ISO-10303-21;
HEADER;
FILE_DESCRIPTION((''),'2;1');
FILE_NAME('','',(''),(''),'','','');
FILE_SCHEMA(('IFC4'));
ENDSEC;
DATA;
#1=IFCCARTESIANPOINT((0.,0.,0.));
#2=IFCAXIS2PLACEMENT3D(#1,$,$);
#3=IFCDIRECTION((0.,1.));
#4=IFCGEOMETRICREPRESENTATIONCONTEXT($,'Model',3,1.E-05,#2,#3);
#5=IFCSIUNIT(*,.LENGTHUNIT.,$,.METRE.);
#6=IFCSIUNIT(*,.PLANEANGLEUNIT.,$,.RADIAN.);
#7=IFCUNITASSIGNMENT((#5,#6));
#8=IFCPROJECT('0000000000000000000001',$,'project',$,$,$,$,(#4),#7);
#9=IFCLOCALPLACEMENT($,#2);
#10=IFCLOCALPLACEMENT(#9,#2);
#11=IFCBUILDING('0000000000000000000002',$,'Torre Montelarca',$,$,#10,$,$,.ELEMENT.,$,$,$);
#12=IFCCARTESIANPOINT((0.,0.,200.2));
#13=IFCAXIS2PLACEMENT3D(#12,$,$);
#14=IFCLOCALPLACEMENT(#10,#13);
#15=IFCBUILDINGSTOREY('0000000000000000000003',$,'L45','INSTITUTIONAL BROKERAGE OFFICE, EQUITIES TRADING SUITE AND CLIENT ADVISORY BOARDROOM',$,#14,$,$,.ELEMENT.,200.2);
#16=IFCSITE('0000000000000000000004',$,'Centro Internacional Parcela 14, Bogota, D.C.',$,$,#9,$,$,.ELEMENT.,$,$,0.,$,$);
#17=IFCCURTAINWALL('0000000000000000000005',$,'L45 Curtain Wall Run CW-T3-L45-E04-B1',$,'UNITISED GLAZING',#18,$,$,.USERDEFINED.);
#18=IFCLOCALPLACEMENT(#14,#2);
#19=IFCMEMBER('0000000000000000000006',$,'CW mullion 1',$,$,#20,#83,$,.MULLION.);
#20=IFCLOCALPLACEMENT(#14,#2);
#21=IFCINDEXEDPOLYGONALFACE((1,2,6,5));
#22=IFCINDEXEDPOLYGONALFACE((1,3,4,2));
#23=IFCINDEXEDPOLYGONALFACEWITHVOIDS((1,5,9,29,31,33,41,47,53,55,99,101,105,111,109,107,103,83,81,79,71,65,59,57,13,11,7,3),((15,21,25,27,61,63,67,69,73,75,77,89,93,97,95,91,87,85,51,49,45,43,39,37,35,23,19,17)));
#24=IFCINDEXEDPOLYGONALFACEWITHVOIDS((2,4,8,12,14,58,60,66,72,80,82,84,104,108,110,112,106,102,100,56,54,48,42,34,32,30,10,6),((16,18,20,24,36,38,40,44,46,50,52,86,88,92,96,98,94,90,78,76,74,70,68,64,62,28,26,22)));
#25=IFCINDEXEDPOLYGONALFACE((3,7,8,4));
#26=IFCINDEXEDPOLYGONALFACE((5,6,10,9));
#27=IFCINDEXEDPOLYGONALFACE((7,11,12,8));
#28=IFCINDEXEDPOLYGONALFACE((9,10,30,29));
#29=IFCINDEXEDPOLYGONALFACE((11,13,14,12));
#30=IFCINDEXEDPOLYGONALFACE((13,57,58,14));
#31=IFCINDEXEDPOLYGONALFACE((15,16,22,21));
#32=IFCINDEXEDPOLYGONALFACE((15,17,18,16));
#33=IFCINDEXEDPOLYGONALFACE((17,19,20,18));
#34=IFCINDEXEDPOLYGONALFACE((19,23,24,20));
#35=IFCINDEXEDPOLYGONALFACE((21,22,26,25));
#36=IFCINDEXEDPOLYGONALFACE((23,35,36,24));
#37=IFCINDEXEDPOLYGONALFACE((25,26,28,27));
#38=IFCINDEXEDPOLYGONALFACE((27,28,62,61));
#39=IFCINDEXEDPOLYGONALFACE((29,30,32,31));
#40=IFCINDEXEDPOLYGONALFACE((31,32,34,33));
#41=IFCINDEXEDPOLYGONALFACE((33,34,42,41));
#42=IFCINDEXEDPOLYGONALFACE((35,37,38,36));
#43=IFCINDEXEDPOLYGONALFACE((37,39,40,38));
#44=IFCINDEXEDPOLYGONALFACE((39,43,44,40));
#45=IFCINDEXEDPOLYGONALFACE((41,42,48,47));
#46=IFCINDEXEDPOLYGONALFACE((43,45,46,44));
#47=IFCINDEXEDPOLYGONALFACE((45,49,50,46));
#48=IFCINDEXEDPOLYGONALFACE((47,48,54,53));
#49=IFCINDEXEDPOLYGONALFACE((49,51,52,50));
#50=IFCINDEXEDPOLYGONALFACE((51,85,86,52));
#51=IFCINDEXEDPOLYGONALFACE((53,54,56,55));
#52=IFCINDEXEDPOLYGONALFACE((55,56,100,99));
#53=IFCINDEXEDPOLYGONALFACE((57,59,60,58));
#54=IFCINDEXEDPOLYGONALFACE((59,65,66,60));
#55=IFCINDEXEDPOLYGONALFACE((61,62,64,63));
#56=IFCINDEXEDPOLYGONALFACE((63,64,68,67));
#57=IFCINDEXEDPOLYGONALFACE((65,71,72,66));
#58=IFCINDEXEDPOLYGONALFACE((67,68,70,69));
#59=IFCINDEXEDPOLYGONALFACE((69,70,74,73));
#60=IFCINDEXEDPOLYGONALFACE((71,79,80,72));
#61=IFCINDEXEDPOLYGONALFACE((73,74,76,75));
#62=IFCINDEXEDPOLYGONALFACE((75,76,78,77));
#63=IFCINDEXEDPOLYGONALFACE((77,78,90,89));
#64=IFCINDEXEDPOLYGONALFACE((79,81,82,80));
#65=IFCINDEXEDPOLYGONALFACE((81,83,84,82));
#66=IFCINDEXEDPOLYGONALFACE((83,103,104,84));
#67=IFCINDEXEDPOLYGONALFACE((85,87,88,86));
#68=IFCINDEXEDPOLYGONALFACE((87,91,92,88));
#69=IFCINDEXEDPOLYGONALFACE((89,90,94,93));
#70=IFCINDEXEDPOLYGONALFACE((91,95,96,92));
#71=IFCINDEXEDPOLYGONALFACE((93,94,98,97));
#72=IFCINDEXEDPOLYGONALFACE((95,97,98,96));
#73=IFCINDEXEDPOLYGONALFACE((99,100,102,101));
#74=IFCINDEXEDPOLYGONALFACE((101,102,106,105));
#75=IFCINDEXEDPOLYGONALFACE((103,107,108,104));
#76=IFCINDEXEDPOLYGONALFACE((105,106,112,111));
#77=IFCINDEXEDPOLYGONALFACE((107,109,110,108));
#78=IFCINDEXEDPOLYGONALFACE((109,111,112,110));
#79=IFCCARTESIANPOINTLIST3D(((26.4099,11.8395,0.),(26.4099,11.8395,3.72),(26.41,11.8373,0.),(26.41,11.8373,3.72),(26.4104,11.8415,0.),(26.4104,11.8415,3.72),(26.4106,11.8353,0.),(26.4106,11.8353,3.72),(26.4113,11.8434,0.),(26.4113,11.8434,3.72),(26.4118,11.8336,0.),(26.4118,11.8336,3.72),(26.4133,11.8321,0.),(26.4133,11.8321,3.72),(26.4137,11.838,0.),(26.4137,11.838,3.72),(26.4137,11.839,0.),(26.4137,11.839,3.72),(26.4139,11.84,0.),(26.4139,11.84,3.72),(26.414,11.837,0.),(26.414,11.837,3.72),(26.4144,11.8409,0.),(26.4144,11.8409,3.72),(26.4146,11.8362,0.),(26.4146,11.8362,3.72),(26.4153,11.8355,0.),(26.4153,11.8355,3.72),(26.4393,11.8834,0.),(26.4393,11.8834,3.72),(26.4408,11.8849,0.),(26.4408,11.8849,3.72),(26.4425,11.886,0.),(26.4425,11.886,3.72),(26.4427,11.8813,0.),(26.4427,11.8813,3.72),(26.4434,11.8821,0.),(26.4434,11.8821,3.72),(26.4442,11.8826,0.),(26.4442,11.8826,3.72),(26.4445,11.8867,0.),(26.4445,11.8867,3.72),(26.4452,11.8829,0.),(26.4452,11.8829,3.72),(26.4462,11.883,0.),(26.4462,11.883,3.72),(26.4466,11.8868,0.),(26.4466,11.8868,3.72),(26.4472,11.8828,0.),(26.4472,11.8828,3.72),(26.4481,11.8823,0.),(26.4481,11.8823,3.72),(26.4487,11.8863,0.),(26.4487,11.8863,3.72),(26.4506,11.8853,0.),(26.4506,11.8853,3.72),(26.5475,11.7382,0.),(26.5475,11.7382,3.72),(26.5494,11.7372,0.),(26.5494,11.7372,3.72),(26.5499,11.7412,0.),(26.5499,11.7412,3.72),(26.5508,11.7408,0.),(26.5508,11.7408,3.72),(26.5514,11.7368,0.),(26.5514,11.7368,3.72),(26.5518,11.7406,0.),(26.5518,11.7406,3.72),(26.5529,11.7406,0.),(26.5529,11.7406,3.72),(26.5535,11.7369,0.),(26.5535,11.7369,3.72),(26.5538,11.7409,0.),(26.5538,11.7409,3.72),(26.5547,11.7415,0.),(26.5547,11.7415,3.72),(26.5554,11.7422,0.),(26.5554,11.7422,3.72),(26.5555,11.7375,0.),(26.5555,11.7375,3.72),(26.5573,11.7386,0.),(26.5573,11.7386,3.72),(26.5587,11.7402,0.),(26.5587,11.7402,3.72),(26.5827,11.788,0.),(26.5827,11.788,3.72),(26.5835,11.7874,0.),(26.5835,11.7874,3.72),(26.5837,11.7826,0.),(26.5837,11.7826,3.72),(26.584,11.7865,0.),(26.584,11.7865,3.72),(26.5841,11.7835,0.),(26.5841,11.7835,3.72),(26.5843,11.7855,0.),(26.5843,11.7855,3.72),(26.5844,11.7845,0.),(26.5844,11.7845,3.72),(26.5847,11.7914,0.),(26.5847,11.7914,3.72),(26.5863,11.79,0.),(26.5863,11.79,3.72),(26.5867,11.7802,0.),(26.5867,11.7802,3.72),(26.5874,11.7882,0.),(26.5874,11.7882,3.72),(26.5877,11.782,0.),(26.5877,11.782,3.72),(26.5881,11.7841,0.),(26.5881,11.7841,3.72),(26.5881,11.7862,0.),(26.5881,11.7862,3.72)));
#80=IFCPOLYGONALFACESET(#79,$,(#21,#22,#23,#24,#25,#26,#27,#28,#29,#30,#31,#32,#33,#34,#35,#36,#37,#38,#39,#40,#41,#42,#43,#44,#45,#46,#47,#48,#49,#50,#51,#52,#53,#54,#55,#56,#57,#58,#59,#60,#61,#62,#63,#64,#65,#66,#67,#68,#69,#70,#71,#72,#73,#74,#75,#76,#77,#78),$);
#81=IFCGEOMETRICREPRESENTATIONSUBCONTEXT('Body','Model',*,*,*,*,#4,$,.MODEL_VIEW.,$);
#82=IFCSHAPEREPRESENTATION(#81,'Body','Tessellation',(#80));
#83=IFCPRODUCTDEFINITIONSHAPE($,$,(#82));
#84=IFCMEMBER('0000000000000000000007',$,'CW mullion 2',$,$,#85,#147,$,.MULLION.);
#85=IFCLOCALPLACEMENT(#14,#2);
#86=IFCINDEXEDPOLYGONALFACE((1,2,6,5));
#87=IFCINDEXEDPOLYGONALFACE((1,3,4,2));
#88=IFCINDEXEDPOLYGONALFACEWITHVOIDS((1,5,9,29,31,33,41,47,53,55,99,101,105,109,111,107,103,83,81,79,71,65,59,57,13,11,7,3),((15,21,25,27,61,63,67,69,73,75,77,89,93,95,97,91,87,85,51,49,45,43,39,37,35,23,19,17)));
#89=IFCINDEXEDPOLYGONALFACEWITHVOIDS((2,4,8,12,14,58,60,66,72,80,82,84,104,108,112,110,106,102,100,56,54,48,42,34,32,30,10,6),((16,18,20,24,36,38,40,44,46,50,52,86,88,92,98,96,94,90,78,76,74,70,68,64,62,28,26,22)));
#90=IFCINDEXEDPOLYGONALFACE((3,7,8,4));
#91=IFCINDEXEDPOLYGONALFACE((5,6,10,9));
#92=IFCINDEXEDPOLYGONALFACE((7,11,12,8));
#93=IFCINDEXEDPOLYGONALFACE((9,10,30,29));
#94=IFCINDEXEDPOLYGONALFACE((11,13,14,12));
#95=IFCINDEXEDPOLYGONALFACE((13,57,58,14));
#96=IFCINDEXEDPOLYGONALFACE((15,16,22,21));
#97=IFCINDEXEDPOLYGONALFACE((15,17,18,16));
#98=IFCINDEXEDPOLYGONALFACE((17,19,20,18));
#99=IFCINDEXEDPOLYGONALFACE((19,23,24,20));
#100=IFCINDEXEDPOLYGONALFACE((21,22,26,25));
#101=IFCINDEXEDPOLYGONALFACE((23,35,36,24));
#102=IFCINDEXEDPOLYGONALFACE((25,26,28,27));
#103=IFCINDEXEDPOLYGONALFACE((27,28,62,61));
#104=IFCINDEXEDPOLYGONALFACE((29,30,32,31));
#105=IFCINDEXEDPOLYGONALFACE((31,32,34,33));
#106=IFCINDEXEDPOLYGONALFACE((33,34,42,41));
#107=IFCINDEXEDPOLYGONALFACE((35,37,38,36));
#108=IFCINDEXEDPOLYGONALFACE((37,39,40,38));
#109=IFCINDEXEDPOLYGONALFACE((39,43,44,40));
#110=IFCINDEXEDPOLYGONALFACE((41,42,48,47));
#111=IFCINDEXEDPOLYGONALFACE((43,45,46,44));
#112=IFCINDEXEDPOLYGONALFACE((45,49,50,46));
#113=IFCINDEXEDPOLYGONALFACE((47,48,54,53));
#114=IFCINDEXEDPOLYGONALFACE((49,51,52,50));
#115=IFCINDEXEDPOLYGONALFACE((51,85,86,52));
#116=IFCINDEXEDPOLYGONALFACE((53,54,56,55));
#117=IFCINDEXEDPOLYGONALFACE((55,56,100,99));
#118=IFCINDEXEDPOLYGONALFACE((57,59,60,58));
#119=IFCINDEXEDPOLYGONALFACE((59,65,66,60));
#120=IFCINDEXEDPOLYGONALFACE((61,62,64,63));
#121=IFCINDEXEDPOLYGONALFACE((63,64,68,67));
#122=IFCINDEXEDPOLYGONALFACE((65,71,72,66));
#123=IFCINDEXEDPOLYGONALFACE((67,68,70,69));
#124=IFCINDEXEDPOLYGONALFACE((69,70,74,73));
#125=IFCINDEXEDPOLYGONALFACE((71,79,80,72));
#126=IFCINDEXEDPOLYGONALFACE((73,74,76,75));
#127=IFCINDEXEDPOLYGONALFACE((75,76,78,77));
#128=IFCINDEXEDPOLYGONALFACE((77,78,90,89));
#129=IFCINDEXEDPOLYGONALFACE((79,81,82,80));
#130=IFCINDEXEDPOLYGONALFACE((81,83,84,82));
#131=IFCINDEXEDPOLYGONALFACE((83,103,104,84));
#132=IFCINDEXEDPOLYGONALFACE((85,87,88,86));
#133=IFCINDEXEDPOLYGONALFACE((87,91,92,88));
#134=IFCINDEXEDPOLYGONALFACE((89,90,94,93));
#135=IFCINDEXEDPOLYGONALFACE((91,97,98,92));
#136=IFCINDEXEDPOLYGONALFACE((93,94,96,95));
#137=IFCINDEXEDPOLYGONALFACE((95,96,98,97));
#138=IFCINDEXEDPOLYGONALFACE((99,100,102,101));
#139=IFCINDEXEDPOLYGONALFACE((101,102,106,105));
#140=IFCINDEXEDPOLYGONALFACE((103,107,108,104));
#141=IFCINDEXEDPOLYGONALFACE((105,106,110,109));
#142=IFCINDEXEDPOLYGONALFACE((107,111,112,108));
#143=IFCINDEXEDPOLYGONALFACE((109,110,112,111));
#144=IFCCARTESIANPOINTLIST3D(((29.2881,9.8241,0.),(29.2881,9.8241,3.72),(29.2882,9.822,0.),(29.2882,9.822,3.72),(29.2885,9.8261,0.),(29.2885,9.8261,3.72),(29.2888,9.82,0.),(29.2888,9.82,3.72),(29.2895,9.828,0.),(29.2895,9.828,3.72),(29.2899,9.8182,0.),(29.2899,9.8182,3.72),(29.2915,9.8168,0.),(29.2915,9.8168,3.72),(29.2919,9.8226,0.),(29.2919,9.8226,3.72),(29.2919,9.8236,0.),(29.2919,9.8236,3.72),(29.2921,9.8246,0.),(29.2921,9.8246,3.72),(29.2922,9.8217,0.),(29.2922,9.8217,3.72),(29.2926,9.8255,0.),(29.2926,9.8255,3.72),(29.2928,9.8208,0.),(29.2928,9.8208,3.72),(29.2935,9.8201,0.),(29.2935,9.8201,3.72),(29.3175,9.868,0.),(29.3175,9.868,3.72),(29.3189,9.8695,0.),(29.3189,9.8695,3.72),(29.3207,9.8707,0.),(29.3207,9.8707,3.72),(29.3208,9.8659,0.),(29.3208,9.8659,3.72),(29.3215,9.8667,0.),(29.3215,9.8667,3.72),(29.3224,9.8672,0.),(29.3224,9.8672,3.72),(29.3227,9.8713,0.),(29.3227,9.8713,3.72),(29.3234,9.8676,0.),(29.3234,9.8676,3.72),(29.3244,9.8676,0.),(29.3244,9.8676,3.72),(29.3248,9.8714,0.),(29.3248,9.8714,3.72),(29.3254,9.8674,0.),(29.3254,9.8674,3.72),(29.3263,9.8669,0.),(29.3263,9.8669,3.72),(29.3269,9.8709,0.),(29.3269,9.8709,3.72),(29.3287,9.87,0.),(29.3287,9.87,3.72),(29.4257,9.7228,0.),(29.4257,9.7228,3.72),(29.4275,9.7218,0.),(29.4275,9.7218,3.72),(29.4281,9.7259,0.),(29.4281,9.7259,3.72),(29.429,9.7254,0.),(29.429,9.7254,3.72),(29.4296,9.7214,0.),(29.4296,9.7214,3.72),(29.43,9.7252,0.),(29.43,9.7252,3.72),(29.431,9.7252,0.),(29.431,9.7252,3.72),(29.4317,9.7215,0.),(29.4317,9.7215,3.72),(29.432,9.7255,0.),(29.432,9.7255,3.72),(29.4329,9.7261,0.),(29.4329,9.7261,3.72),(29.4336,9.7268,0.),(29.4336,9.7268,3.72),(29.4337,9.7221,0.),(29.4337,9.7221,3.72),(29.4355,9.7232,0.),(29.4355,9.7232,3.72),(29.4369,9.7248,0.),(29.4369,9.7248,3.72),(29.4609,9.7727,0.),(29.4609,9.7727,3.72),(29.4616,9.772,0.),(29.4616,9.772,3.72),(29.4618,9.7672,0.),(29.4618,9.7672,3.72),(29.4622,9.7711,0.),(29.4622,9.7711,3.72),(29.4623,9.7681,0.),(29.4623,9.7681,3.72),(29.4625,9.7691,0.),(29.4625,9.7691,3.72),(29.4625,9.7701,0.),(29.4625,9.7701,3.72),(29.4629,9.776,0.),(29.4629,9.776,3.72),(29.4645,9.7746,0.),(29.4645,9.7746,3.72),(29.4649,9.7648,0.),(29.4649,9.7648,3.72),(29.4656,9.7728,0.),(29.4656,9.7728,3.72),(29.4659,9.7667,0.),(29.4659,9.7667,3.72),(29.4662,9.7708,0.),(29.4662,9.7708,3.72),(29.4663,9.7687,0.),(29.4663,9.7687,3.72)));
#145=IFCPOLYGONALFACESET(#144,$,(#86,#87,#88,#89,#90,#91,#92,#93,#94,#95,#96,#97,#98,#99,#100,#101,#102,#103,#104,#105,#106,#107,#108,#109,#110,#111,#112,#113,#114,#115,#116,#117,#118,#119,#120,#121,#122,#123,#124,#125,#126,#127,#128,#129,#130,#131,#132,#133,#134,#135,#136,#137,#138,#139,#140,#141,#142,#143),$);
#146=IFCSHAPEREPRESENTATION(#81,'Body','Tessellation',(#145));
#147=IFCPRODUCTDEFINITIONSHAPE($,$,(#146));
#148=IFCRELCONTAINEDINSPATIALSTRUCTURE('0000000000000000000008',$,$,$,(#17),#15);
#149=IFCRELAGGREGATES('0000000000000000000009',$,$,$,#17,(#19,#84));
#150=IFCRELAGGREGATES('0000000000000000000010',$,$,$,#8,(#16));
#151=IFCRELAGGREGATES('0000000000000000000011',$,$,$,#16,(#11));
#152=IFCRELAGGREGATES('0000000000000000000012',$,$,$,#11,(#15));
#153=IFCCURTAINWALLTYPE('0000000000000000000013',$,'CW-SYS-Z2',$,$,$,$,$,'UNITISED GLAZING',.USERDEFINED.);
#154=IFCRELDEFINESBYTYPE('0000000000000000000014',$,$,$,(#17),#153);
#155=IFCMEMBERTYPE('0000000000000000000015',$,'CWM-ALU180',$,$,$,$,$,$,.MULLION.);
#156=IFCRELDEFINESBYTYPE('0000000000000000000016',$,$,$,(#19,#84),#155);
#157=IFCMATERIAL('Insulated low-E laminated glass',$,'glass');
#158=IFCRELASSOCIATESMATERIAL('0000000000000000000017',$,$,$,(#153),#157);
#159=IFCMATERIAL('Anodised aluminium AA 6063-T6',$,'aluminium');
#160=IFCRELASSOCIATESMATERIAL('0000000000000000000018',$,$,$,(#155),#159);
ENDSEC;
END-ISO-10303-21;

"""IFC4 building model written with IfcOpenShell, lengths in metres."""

from ifc_helpers import new_model, si_unit, direction, frame, origin, origin_2d, place, context, subcontext, project, spatial, hollow_rectangle, extrude, source, transform, mapped, material, material_profile, profile_set, type_object, element, aggregate, save


model = new_model("IFC4")

# Units and contexts
model_context = context("Model", 3, precision=1e-05, world=origin(), true_north=direction((0.0, 1.0)))
body_context = subcontext(model_context, "Body", "Model", "MODEL_VIEW")
ifc_project = project(units=[si_unit("LENGTHUNIT", "METRE"), si_unit("PLANEANGLEUNIT", "RADIAN")], contexts=[model_context])

# Site, building, storey
site_placement = place(None, origin())
site = spatial("IfcSite", under=ifc_project, at=site_placement, Name="Centro Internacional Parcela 14, Bogota, D.C.", CompositionType="ELEMENT", RefElevation=0.0)
building_placement = place(site_placement, origin())
building = spatial("IfcBuilding", under=site, at=building_placement, Name="Torre Montelarca", CompositionType="ELEMENT")
storey_placement = place(building_placement, frame((0.0, 0.0, 200.2)))
storey = spatial("IfcBuildingStorey", under=building, at=storey_placement, Name="L45", Description="INSTITUTIONAL BROKERAGE OFFICE, EQUITIES TRADING SUITE AND CLIENT ADVISORY BOARDROOM", CompositionType="ELEMENT", Elevation=200.2)

# Shared definitions
ifc_material_1 = material(Name="Insulated low-E laminated glass", Category="glass")
curtain_wall_type = type_object("IfcCurtainWallType", Name="CW-SYS-Z2", ElementType="UNITISED GLAZING", PredefinedType="USERDEFINED", material=ifc_material_1)
ifc_material_2 = material(Name="Anodised aluminium AA 6063-T6", Category="aluminium")

# Shared definitions
ifc_material_profile_1 = material_profile(ifc_material_2, hollow_rectangle(XDim=0.0649, YDim=0.1799, WallThickness=0.0039, InnerFilletRadius=0.0039, OuterFilletRadius=0.0081, at=origin_2d()), Name="ALU65X180X4", Category="aluminium")
ifc_profile_set_1 = profile_set([ifc_material_profile_1], Name="Anodised aluminium AA 6063-T6")
member_type_1 = type_object("IfcMemberType", Name="CWM-ALU180", PredefinedType="MULLION", material=ifc_profile_set_1)
shared_shape_1 = source(origin(), body_context, "Body", "SweptSolid", [
    extrude(hollow_rectangle(XDim=0.0649, YDim=0.1799, WallThickness=0.0039, InnerFilletRadius=0.0039, OuterFilletRadius=0.0081, at=origin_2d()), origin(), (0.0, 0.0, 1.0), 3.72),
])

# Curtain wall, members
curtain_wall_1_placement = place(storey_placement, origin())
curtain_wall_1 = element("IfcCurtainWall", 1, at=curtain_wall_1_placement, inside=storey, type_object=curtain_wall_type, Name="L45 Curtain Wall Run CW-T3-L45-E04-B1", ObjectType="UNITISED GLAZING", PredefinedType="USERDEFINED")
member_1_placement = place(storey_placement, frame((26.499, 11.8118, 0.0), z_axis=(0.0, 0.0, 1.0), x_axis=(0.573558, 0.819165, 0.0)))
member_1 = element("IfcMember", 2, at=member_1_placement, type_object=member_type_1, Name="CW mullion 1", PredefinedType="MULLION", context=body_context, shape_type="MappedRepresentation", body=[
    mapped(shared_shape_1, transform((0.0, 0.0, 0.0), scale=1.0)),
])
member_2_placement = place(storey_placement, frame((29.3772, 9.7964, 0.0), z_axis=(0.0, 0.0, 1.0), x_axis=(0.573558, 0.819165, 0.0)))
member_2 = element("IfcMember", 3, at=member_2_placement, type_object=member_type_1, Name="CW mullion 2", PredefinedType="MULLION", context=body_context, shape_type="MappedRepresentation", body=[
    mapped(shared_shape_1, transform((0.0, 0.0, 0.0), scale=1.0)),
])

aggregate(curtain_wall_1, [member_1, member_2])

save(model, "model.ifc")
